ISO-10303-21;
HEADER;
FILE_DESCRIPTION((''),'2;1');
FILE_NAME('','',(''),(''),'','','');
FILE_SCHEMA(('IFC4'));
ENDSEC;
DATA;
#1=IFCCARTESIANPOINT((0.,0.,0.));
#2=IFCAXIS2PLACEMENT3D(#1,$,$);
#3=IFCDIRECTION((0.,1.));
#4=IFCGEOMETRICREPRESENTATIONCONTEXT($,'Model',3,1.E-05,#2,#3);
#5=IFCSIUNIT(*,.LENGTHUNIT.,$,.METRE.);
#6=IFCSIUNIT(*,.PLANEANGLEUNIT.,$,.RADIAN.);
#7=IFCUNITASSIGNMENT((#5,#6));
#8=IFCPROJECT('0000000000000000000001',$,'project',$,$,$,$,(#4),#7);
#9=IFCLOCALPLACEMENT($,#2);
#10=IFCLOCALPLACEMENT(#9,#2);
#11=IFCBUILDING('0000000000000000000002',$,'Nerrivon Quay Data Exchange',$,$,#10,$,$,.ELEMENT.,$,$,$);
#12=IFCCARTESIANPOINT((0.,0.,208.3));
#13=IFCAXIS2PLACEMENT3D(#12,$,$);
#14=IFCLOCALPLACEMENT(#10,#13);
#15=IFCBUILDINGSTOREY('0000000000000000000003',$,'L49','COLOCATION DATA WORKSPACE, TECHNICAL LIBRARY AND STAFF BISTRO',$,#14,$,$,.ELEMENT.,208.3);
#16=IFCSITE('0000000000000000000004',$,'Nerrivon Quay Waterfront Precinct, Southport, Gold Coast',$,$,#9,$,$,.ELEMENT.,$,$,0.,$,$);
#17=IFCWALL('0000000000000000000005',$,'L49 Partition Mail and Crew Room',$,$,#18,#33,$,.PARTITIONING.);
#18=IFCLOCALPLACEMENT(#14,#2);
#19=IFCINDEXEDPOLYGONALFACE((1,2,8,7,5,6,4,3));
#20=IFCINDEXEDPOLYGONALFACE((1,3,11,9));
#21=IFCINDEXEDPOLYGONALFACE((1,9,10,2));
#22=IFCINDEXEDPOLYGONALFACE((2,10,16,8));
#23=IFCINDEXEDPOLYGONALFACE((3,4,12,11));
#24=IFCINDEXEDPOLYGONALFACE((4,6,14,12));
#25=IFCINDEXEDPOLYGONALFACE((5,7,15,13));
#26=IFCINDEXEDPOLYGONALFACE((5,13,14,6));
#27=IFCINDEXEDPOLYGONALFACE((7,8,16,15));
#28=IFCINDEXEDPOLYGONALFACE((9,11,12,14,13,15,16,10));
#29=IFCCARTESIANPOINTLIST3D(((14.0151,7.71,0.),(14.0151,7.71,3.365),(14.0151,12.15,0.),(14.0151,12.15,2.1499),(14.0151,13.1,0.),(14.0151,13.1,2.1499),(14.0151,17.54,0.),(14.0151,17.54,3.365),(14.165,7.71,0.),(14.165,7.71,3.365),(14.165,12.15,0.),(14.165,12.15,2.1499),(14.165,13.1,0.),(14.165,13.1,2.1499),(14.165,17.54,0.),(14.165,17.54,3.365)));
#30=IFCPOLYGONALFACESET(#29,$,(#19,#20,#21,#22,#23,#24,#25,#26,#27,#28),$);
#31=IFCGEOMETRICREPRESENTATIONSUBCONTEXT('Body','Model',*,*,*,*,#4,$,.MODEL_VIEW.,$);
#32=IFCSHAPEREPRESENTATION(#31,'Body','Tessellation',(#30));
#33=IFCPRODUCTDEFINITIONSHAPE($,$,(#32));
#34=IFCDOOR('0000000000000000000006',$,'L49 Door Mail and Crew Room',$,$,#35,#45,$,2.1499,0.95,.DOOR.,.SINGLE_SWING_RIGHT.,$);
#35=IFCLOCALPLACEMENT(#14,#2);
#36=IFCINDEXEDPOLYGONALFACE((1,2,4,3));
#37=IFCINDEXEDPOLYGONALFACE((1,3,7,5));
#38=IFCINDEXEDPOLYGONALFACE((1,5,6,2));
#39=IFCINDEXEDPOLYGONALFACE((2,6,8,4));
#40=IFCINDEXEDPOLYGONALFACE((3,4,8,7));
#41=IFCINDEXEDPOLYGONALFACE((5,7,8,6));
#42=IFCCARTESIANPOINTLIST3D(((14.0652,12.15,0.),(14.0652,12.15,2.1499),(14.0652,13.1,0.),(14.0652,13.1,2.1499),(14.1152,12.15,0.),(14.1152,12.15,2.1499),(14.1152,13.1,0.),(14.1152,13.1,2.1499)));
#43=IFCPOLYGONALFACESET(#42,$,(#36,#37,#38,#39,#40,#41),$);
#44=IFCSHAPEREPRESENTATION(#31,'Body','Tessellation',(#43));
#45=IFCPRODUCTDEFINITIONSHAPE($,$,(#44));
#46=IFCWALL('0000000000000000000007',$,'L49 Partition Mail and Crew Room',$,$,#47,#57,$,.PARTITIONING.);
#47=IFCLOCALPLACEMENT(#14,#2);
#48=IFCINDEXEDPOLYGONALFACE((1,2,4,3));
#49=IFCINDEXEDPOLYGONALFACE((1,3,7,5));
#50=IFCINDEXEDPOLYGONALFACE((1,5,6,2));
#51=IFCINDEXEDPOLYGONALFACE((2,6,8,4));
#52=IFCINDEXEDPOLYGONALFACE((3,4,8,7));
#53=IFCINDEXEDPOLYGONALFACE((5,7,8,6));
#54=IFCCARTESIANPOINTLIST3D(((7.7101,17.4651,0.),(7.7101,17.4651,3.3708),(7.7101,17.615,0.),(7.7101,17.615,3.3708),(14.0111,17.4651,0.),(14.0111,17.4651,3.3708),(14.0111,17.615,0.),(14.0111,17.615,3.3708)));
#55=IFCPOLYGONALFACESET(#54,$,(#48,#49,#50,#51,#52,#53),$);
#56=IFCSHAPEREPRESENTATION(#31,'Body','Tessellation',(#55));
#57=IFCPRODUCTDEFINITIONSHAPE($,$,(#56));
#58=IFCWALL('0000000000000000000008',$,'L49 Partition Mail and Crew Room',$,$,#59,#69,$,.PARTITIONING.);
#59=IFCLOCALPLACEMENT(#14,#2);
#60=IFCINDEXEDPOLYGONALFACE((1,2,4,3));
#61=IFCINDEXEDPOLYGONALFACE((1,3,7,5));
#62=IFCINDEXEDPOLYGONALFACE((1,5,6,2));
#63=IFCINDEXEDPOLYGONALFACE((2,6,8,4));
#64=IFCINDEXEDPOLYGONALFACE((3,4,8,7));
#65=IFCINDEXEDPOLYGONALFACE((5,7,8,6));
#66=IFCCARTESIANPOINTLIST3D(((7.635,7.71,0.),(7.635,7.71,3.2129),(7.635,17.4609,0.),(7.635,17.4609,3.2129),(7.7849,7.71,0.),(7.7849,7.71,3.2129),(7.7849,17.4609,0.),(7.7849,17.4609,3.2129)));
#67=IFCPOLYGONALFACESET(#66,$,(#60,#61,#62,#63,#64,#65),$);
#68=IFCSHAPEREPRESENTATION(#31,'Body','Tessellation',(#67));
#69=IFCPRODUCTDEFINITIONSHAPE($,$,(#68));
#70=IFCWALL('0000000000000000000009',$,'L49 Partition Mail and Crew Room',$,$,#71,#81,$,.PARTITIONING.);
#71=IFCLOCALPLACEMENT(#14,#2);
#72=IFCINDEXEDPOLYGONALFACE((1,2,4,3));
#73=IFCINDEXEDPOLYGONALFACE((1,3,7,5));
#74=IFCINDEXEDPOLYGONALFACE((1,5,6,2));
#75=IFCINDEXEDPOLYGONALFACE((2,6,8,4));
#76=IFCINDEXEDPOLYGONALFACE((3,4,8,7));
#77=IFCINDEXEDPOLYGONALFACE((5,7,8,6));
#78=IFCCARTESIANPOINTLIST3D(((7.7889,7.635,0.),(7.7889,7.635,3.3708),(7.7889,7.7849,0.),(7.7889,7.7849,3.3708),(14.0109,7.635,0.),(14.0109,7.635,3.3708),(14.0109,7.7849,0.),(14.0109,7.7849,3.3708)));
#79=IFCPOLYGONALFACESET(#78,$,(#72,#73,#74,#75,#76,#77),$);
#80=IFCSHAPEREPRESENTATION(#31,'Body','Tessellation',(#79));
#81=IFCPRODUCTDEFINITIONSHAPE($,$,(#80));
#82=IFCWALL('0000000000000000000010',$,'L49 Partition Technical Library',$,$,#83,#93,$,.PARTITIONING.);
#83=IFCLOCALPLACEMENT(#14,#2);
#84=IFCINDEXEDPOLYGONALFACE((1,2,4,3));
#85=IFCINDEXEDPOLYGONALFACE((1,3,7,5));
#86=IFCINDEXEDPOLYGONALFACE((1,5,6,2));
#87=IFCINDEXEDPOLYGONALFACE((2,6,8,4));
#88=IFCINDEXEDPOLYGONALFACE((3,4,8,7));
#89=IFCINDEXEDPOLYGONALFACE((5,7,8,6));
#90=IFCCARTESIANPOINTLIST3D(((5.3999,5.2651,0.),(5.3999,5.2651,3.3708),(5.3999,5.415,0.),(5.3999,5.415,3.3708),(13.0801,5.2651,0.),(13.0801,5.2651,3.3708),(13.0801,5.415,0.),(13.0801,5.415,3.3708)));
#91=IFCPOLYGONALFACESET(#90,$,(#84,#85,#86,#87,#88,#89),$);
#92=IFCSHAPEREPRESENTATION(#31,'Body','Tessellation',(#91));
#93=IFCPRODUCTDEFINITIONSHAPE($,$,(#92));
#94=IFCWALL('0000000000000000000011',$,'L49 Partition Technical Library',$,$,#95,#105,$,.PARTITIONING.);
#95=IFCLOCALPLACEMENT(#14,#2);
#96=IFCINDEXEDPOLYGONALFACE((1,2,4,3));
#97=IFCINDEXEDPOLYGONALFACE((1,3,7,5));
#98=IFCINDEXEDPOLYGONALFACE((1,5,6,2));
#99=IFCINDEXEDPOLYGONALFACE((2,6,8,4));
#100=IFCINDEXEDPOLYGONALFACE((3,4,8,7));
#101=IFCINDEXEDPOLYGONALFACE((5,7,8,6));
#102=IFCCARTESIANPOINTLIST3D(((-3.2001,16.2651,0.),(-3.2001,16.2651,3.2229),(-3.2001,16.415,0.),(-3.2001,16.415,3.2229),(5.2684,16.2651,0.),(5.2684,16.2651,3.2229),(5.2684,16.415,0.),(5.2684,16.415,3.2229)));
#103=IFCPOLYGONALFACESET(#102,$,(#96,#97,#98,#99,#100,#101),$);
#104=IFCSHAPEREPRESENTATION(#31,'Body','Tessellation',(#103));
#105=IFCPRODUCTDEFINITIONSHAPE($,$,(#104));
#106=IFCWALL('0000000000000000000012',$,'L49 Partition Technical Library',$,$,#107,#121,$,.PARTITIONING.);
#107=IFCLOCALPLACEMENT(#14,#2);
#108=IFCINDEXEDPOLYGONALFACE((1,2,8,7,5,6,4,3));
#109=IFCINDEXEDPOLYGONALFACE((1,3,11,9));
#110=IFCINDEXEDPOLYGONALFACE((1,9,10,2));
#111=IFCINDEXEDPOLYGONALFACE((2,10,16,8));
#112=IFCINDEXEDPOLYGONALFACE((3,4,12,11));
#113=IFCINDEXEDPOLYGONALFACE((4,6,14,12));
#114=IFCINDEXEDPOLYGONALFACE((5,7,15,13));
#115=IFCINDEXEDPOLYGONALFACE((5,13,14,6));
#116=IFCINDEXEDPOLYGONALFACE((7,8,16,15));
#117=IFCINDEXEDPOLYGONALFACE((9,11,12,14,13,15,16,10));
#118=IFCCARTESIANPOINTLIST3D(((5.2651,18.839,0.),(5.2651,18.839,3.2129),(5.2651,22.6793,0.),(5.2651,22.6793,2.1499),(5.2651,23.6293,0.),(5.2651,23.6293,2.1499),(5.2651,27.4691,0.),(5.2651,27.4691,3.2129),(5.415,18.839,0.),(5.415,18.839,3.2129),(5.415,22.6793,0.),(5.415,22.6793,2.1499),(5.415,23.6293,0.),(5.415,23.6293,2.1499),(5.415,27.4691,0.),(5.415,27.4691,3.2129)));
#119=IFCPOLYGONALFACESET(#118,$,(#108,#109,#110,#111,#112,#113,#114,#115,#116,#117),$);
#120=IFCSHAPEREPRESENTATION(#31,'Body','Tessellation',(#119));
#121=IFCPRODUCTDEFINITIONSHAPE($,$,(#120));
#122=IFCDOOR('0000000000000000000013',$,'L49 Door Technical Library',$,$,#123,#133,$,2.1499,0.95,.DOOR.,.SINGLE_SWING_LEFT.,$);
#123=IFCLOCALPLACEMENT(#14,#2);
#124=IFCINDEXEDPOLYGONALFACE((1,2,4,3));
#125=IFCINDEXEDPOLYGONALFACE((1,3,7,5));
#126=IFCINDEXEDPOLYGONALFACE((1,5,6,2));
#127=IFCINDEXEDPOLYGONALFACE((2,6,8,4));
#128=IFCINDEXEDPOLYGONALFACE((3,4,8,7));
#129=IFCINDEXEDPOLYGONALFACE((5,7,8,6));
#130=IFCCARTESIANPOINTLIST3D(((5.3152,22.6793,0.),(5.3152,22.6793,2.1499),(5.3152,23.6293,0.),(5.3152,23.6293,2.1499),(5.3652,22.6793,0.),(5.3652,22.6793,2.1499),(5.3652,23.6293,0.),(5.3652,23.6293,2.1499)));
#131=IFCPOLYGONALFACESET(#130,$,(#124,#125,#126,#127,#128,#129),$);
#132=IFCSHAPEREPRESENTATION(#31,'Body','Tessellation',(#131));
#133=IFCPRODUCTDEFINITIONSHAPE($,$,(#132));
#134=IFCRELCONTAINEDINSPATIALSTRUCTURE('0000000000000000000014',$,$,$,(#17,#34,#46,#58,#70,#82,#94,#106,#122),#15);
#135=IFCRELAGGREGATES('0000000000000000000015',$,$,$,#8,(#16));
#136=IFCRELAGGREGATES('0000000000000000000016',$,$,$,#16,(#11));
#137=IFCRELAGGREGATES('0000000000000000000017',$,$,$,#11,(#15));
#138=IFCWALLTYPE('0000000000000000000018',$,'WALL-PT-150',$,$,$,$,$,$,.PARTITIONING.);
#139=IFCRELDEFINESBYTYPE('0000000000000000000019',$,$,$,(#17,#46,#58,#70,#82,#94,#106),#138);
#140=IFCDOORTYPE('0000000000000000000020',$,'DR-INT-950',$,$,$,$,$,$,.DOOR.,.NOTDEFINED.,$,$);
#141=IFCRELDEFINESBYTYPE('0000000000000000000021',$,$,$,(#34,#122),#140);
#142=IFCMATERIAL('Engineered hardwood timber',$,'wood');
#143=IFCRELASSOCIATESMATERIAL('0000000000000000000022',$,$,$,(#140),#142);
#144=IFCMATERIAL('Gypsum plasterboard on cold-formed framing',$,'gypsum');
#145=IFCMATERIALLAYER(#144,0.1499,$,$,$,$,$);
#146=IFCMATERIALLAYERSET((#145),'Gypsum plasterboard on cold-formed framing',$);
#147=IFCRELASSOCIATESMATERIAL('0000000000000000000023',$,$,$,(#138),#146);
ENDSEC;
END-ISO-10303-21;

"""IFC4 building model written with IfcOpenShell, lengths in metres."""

from ifc_helpers import new_model, si_unit, direction, frame, frame_2d, origin, place, context, subcontext, project, spatial, rectangle, extrude, material, layer, layer_set, type_object, element, fill, save


model = new_model("IFC4")

# Units and contexts
model_context = context("Model", 3, precision=1e-05, world=origin(), true_north=direction((0.0, 1.0)))
body_context = subcontext(model_context, "Body", "Model", "MODEL_VIEW")
ifc_project = project(units=[si_unit("LENGTHUNIT", "METRE"), si_unit("PLANEANGLEUNIT", "RADIAN")], contexts=[model_context])

# Site, building, storey
site_placement = place(None, origin())
site = spatial("IfcSite", under=ifc_project, at=site_placement, Name="Nerrivon Quay Waterfront Precinct, Southport, Gold Coast", CompositionType="ELEMENT", RefElevation=0.0)
building_placement = place(site_placement, origin())
building = spatial("IfcBuilding", under=site, at=building_placement, Name="Nerrivon Quay Data Exchange", CompositionType="ELEMENT")
storey_placement = place(building_placement, frame((0.0, 0.0, 208.3)))
storey = spatial("IfcBuildingStorey", under=building, at=storey_placement, Name="L49", Description="COLOCATION DATA WORKSPACE, TECHNICAL LIBRARY AND STAFF BISTRO", CompositionType="ELEMENT", Elevation=208.3)

# Shared definitions
ifc_material_1 = material(Name="Gypsum plasterboard on cold-formed framing", Category="gypsum")
ifc_material_2 = material(Name="Engineered hardwood timber", Category="wood")
door_type_1 = type_object("IfcDoorType", Name="DR-INT-950", OperationType="NOTDEFINED", PredefinedType="DOOR", material=ifc_material_2)

# Wall, opening, door
ifc_layer_1 = layer(ifc_material_1, 0.1499)
ifc_layer_set_1 = layer_set([ifc_layer_1], Name="Gypsum plasterboard on cold-formed framing")
wall_type_1 = type_object("IfcWallType", Name="WALL-PT-150", PredefinedType="PARTITIONING", material=ifc_layer_set_1)
wall_1_placement = place(storey_placement, frame((14.0901, 7.71, 0.0), z_axis=(0.0, 0.0, 1.0), x_axis=(0.0, 1.0, 0.0)))
wall_1 = element("IfcWall", 1, at=wall_1_placement, inside=storey, type_object=wall_type_1, Name="L49 Partition Mail and Crew Room", PredefinedType="PARTITIONING", context=body_context, shape_type="SweptSolid", body=[
    extrude(rectangle(XDim=9.8301, YDim=0.1499, at=frame_2d((4.915, 0.0))), origin(), (0.0, 0.0, 1.0), 3.365),
])
opening_1_placement = place(wall_1_placement, frame((4.4399, 0.0, 0.0)))
opening_1 = element("IfcOpeningElement", 2, at=opening_1_placement, cuts=wall_1, PredefinedType="OPENING", context=body_context, shape_type="SweptSolid", body=[
    extrude(rectangle(XDim=0.95, YDim=2.1499, at=frame_2d((0.4751, 1.075))), frame((0.0, 0.085, 0.0), z_axis=(0.0, -1.0, 0.0), x_axis=(1.0, 0.0, 0.0)), (0.0, 0.0, 1.0), 0.1699),
])
door_1_placement = place(opening_1_placement, origin())
door_1 = element("IfcDoor", 3, at=door_1_placement, inside=storey, type_object=door_type_1, Name="L49 Door Mail and Crew Room", OperationType="SINGLE_SWING_RIGHT", OverallHeight=2.1499, OverallWidth=0.95, PredefinedType="DOOR", context=body_context, shape_type="SweptSolid", body=[
    extrude(rectangle(XDim=0.95, YDim=2.1499, at=frame_2d((0.4751, 1.075))), frame((0.0, 0.0249, 0.0), z_axis=(0.0, -1.0, 0.0), x_axis=(1.0, 0.0, 0.0)), (0.0, 0.0, 1.0), 0.05),
])
fill(opening_1, door_1)

# Walls
wall_2_placement = place(storey_placement, frame((14.011, 17.54, 0.0), z_axis=(0.0, 0.0, 1.0), x_axis=(-1.0, 0.0, 0.0)))
element("IfcWall", 4, at=wall_2_placement, inside=storey, type_object=wall_type_1, Name="L49 Partition Mail and Crew Room", PredefinedType="PARTITIONING", context=body_context, shape_type="SweptSolid", body=[
    extrude(rectangle(XDim=6.301, YDim=0.1499, at=frame_2d((3.1504, 0.0))), origin(), (0.0, 0.0, 1.0), 3.3708),
])
wall_3_placement = place(storey_placement, frame((7.71, 17.4609, 0.0), z_axis=(0.0, 0.0, 1.0), x_axis=(0.0, -1.0, 0.0)))
element("IfcWall", 5, at=wall_3_placement, inside=storey, type_object=wall_type_1, Name="L49 Partition Mail and Crew Room", PredefinedType="PARTITIONING", context=body_context, shape_type="SweptSolid", body=[
    extrude(rectangle(XDim=9.751, YDim=0.1499, at=frame_2d((4.8755, 0.0))), origin(), (0.0, 0.0, 1.0), 3.2129),
])
wall_4_placement = place(storey_placement, frame((7.7891, 7.71, 0.0), z_axis=(0.0, 0.0, 1.0), x_axis=(1.0, 0.0, 0.0)))
element("IfcWall", 6, at=wall_4_placement, inside=storey, type_object=wall_type_1, Name="L49 Partition Mail and Crew Room", PredefinedType="PARTITIONING", context=body_context, shape_type="SweptSolid", body=[
    extrude(rectangle(XDim=6.2219, YDim=0.1499, at=frame_2d((3.1108, 0.0))), origin(), (0.0, 0.0, 1.0), 3.3708),
])
wall_5_placement = place(storey_placement, frame((13.0801, 5.3401, 0.0), z_axis=(0.0, 0.0, 1.0), x_axis=(-1.0, 0.0, 0.0)))
element("IfcWall", 7, at=wall_5_placement, inside=storey, type_object=wall_type_1, Name="L49 Partition Technical Library", PredefinedType="PARTITIONING", context=body_context, shape_type="SweptSolid", body=[
    extrude(rectangle(XDim=7.6802, YDim=0.1499, at=frame_2d((3.8401, 0.0))), origin(), (0.0, 0.0, 1.0), 3.3708),
])
wall_6_placement = place(storey_placement, frame((5.2686, 16.3401, 0.0), z_axis=(0.0, 0.0, 1.0), x_axis=(-1.0, 0.0, 0.0)))
element("IfcWall", 8, at=wall_6_placement, inside=storey, type_object=wall_type_1, Name="L49 Partition Technical Library", PredefinedType="PARTITIONING", context=body_context, shape_type="SweptSolid", body=[
    extrude(rectangle(XDim=8.4685, YDim=0.1499, at=frame_2d((4.2344, 0.0))), origin(), (0.0, 0.0, 1.0), 3.2229),
])

# Wall, opening, door
wall_7_placement = place(storey_placement, frame((5.3401, 18.8391, 0.0), z_axis=(0.0, 0.0, 1.0), x_axis=(0.0, 1.0, 0.0)))
wall_7 = element("IfcWall", 9, at=wall_7_placement, inside=storey, type_object=wall_type_1, Name="L49 Partition Technical Library", PredefinedType="PARTITIONING", context=body_context, shape_type="SweptSolid", body=[
    extrude(rectangle(XDim=8.6301, YDim=0.1499, at=frame_2d((4.3149, 0.0))), origin(), (0.0, 0.0, 1.0), 3.2129),
])
opening_2_placement = place(wall_7_placement, frame((3.8401, 0.0, 0.0)))
opening_2 = element("IfcOpeningElement", 10, at=opening_2_placement, cuts=wall_7, PredefinedType="OPENING", context=body_context, shape_type="SweptSolid", body=[
    extrude(rectangle(XDim=0.95, YDim=2.1499, at=frame_2d((0.4751, 1.075))), frame((0.0, 0.085, 0.0), z_axis=(0.0, -1.0, 0.0), x_axis=(1.0, 0.0, 0.0)), (0.0, 0.0, 1.0), 0.1699),
])
door_2_placement = place(opening_2_placement, origin())
door_2 = element("IfcDoor", 11, at=door_2_placement, inside=storey, type_object=door_type_1, Name="L49 Door Technical Library", OperationType="SINGLE_SWING_LEFT", OverallHeight=2.1499, OverallWidth=0.95, PredefinedType="DOOR", context=body_context, shape_type="SweptSolid", body=[
    extrude(rectangle(XDim=0.95, YDim=2.1499, at=frame_2d((0.4751, 1.075))), frame((0.0, 0.0249, 0.0), z_axis=(0.0, -1.0, 0.0), x_axis=(1.0, 0.0, 0.0)), (0.0, 0.0, 1.0), 0.05),
])
fill(opening_2, door_2)

save(model, "model.ifc")
